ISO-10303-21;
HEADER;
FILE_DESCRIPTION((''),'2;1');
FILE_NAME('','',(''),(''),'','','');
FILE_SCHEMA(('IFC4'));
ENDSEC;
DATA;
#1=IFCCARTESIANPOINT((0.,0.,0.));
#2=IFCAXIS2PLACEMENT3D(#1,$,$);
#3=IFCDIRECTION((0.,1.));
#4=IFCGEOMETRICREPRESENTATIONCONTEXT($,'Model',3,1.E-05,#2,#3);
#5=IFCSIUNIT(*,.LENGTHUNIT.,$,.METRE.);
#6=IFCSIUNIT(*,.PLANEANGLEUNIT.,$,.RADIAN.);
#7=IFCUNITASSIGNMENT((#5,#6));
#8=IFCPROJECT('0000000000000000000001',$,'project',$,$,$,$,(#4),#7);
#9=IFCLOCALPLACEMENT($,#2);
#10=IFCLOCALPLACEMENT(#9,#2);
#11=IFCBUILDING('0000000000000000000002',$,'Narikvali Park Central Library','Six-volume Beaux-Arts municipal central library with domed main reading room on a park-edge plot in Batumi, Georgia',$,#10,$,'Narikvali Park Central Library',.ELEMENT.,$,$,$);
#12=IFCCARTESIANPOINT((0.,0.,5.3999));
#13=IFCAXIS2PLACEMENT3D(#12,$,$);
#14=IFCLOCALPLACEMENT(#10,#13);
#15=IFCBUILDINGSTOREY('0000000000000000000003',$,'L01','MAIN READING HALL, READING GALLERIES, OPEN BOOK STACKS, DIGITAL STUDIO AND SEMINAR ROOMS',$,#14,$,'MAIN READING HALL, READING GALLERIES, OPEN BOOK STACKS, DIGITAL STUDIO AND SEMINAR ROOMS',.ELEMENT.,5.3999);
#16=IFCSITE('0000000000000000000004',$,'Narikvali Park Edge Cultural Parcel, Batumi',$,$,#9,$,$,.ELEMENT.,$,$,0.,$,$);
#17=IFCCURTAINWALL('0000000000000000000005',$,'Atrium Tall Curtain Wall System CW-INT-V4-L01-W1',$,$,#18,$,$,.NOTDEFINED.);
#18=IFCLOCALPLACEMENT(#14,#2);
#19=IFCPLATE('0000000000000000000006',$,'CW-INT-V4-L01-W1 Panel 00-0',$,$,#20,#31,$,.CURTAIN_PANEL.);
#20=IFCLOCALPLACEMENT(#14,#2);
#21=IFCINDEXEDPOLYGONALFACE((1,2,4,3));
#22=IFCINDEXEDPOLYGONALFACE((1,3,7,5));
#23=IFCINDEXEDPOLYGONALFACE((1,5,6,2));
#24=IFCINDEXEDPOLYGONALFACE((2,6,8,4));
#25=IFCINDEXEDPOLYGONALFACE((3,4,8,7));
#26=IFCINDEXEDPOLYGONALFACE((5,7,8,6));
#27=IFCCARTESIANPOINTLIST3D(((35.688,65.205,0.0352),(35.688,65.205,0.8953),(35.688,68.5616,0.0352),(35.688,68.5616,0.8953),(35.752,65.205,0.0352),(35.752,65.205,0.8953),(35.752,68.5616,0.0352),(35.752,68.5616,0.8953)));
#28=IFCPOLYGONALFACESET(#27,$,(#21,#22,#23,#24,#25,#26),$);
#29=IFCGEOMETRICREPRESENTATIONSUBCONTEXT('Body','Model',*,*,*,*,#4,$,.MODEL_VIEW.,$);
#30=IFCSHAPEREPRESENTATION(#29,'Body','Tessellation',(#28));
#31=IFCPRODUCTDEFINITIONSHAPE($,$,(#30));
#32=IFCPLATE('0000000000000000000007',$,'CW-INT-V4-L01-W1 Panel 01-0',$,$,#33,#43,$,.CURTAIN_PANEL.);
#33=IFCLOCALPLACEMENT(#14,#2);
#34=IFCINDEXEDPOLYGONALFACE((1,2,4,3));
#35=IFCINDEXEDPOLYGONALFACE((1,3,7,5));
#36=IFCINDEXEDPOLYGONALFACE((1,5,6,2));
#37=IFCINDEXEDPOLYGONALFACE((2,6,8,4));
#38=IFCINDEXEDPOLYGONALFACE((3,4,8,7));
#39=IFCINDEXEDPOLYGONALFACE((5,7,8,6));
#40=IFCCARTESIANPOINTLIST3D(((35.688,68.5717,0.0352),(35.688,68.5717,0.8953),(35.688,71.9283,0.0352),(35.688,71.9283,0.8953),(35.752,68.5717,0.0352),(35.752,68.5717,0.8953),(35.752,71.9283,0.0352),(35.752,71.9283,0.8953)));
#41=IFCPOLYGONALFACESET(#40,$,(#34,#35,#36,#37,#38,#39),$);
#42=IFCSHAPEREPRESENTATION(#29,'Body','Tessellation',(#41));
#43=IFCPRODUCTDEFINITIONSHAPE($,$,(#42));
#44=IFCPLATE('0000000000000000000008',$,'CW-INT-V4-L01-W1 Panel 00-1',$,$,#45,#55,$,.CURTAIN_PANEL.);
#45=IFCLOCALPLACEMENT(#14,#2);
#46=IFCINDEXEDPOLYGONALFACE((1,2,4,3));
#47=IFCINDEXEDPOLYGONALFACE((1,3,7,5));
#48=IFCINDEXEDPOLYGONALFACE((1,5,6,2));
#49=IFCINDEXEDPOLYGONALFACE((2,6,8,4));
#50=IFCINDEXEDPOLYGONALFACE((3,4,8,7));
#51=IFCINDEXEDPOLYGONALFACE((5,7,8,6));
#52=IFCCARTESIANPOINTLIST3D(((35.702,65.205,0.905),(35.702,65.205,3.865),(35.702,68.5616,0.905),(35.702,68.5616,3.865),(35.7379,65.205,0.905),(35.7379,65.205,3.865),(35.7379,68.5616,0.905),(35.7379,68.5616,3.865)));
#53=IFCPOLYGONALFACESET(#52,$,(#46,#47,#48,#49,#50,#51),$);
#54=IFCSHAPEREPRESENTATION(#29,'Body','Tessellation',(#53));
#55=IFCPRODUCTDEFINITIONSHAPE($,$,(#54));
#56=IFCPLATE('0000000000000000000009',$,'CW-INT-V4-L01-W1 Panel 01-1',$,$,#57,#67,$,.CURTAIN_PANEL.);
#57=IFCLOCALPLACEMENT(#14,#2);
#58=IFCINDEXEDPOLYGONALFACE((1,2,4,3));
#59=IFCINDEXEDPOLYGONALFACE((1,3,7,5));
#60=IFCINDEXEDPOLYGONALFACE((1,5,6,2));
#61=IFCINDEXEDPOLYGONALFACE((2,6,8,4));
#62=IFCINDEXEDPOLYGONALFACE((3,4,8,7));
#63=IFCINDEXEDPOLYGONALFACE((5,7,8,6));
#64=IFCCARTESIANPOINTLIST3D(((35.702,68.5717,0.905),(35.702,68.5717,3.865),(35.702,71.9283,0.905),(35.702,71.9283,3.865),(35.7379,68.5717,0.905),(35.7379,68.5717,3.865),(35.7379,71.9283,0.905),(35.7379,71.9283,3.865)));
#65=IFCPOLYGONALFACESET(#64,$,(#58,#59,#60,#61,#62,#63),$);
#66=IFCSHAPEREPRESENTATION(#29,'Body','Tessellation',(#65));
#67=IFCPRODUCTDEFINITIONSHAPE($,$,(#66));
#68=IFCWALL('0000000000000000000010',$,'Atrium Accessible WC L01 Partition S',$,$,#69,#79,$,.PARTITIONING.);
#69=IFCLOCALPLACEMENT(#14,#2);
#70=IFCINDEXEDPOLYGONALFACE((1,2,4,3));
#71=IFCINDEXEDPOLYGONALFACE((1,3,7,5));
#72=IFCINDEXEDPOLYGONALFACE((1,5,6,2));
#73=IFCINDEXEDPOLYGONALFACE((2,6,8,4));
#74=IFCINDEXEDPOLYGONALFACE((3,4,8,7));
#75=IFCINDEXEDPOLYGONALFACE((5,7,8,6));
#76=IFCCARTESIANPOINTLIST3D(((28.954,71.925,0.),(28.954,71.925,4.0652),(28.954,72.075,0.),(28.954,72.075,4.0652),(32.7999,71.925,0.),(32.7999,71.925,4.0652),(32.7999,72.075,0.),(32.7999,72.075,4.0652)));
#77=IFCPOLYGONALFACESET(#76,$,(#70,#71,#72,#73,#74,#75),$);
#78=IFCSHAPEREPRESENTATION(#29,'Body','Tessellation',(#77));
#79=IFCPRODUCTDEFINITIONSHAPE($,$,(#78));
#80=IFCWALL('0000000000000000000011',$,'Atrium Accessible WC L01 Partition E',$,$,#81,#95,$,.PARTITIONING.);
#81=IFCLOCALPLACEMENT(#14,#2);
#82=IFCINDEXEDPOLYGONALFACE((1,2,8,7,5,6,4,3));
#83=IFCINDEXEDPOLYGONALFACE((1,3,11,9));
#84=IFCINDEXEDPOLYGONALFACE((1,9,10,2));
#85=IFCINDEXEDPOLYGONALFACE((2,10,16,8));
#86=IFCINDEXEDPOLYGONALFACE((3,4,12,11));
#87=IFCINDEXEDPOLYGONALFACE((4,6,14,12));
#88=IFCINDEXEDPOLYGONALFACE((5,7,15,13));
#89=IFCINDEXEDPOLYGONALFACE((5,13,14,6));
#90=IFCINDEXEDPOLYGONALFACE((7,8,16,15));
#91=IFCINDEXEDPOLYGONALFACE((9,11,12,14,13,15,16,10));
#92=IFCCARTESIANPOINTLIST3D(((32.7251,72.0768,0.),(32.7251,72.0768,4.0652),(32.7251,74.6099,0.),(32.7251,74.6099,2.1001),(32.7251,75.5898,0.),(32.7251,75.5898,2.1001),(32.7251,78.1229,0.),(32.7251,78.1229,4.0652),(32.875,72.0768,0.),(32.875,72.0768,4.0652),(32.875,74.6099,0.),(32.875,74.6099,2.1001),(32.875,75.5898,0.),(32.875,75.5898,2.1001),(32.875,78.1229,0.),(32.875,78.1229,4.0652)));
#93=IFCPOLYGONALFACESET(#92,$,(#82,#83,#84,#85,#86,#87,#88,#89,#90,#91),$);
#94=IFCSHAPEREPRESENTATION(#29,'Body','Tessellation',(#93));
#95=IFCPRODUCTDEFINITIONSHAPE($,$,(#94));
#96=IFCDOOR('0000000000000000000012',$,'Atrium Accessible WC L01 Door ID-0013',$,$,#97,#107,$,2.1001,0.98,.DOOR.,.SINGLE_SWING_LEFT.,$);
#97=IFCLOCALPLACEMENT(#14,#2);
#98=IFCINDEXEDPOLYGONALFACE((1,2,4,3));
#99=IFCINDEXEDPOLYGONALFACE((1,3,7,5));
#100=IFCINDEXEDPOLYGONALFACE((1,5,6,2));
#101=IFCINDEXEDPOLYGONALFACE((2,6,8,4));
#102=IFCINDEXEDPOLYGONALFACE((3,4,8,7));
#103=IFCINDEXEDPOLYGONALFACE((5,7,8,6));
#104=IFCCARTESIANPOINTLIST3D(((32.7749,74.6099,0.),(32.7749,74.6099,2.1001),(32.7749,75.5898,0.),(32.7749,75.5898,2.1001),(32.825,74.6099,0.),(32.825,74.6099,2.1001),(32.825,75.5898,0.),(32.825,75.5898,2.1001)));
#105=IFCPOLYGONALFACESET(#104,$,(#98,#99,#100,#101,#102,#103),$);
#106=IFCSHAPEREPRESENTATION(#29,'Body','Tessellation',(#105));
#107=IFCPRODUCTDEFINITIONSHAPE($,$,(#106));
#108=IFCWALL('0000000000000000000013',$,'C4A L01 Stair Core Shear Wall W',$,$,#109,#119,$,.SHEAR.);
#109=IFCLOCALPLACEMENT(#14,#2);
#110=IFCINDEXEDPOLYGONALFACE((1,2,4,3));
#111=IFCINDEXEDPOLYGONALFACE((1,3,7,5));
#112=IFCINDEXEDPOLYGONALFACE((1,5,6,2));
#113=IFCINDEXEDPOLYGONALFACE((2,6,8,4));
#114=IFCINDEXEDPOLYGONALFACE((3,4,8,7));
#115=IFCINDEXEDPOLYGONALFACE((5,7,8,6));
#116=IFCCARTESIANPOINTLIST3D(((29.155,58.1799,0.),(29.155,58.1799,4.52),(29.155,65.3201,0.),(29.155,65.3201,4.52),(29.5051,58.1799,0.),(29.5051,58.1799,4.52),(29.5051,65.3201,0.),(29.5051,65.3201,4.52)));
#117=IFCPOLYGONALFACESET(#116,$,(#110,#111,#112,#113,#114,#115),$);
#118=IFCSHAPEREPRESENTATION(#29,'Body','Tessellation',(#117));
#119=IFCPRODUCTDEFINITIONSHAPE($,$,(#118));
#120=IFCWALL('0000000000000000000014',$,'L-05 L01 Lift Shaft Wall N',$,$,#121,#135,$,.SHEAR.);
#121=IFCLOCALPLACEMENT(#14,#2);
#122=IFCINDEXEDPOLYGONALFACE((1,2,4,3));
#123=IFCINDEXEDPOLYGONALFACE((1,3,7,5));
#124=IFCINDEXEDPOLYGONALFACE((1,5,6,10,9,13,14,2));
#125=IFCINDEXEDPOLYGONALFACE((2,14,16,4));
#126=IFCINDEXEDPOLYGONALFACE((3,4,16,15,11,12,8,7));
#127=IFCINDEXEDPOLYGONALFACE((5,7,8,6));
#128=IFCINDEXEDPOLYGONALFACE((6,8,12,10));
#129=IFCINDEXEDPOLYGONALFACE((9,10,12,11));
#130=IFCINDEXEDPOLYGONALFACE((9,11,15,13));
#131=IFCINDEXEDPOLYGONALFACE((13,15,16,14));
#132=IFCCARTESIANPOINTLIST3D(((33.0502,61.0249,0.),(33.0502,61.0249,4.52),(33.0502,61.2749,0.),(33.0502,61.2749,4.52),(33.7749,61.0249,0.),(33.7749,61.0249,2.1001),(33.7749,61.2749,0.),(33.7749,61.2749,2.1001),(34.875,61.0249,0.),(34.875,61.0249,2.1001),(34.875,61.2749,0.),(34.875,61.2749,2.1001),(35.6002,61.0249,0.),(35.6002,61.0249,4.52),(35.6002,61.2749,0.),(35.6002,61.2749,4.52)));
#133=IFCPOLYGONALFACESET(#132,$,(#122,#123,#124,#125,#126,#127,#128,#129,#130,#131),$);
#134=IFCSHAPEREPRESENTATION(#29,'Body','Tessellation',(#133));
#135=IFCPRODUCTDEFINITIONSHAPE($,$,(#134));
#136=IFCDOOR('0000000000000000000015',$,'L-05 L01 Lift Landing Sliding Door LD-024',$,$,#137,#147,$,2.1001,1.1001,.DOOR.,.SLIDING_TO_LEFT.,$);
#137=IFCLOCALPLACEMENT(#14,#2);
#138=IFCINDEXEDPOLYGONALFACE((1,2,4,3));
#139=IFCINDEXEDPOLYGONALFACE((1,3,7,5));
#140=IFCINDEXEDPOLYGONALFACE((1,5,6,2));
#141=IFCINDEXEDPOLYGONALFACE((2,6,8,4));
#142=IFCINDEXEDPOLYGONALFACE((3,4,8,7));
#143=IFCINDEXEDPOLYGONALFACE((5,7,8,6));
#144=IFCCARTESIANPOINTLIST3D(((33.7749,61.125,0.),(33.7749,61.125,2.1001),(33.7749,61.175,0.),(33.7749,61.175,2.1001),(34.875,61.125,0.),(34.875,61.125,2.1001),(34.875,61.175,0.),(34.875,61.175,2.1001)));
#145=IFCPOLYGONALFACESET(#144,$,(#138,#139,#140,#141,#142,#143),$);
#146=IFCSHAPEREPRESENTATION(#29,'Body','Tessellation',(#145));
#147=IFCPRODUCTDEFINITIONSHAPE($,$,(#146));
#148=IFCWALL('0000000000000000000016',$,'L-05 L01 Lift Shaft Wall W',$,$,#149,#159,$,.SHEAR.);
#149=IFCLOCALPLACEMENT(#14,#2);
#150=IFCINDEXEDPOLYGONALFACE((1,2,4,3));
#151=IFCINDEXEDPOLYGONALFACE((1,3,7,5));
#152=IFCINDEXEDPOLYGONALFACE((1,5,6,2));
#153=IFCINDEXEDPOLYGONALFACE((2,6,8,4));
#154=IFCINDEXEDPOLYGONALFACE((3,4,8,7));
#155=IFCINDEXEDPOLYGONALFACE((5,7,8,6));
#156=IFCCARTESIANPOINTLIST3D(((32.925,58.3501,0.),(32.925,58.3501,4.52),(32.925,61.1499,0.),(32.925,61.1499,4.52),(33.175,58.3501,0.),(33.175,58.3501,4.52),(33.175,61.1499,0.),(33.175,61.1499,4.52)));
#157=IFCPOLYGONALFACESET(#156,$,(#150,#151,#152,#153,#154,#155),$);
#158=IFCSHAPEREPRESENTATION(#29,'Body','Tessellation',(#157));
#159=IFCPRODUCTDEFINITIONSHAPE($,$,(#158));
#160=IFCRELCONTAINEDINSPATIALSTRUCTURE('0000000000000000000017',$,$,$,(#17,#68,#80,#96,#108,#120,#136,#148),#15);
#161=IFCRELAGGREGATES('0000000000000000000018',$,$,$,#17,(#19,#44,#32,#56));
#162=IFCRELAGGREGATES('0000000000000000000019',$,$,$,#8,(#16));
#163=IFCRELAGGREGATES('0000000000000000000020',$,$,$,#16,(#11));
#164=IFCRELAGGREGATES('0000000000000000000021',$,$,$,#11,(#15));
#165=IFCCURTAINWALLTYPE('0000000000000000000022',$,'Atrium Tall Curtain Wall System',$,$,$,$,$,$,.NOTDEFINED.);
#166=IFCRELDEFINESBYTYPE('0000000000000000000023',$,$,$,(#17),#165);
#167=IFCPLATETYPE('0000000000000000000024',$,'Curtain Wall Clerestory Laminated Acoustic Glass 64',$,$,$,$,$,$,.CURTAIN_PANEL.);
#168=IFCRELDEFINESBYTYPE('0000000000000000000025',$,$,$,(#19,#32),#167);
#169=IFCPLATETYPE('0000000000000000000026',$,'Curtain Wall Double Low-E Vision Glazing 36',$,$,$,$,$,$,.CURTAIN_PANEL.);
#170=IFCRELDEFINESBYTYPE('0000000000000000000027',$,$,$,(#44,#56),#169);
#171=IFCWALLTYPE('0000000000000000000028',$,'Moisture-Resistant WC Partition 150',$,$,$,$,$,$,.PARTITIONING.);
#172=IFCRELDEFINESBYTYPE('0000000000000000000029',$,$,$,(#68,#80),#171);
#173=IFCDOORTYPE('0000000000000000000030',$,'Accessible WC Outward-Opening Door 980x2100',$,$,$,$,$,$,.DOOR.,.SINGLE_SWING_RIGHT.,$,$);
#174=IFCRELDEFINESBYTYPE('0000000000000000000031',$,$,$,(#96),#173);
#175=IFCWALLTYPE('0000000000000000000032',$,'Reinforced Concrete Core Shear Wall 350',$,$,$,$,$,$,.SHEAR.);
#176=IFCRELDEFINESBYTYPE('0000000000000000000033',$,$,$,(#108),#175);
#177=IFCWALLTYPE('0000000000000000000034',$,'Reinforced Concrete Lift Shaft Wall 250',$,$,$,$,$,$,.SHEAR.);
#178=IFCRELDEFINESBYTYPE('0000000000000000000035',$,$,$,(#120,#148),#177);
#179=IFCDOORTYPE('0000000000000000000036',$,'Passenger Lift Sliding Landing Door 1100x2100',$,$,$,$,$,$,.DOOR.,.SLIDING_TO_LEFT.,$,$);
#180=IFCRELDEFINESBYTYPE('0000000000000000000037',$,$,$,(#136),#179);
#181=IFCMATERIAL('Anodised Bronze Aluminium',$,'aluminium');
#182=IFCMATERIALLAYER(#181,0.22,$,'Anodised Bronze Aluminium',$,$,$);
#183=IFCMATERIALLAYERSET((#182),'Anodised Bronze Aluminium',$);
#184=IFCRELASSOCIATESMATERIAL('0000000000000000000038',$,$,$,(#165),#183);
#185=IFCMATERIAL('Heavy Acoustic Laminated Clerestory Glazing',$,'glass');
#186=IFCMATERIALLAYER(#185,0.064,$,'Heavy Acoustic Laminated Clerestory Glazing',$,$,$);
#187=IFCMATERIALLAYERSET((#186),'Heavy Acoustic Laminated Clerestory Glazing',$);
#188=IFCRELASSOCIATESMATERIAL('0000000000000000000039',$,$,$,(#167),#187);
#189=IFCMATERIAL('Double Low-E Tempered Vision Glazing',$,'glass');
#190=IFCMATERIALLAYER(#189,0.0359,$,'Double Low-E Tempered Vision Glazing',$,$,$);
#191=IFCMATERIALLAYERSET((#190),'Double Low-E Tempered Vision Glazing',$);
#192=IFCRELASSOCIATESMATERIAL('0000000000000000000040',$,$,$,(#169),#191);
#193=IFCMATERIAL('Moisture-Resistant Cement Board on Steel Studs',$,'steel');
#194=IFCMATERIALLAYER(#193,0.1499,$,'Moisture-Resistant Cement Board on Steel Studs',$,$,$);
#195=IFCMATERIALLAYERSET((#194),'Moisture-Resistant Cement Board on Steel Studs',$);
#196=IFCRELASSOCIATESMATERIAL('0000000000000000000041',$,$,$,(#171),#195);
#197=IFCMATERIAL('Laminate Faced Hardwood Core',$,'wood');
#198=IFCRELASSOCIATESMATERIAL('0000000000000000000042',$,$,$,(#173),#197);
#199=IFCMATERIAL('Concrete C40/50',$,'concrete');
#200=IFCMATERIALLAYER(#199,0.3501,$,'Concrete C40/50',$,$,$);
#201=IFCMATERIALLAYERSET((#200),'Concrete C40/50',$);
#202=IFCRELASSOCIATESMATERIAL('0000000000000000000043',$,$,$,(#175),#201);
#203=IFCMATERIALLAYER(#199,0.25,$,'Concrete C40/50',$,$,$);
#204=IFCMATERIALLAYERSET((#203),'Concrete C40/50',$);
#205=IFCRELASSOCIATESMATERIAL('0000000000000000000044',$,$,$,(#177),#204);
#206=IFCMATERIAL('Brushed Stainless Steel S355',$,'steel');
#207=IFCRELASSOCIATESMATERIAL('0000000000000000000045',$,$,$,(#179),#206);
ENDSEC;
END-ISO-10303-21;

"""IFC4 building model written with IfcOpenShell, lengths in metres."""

from ifc_helpers import new_model, si_unit, direction, frame, frame_2d, origin, origin_2d, place, context, subcontext, project, spatial, rectangle, extrude, material, layer, layer_set, type_object, element, fill, aggregate, save


model = new_model("IFC4")

# Units and contexts
model_context = context("Model", 3, precision=1e-05, world=origin(), true_north=direction((0.0, 1.0)))
body_context = subcontext(model_context, "Body", "Model", "MODEL_VIEW")
ifc_project = project(units=[si_unit("LENGTHUNIT", "METRE"), si_unit("PLANEANGLEUNIT", "RADIAN")], contexts=[model_context])

# Site, building, storey
site_placement = place(None, origin())
site = spatial("IfcSite", under=ifc_project, at=site_placement, Name="Narikvali Park Edge Cultural Parcel, Batumi", CompositionType="ELEMENT", RefElevation=0.0)
building_placement = place(site_placement, origin())
building = spatial("IfcBuilding", under=site, at=building_placement, Name="Narikvali Park Central Library", Description="Six-volume Beaux-Arts municipal central library with domed main reading room on a park-edge plot in Batumi, Georgia", LongName="Narikvali Park Central Library", CompositionType="ELEMENT")
storey_placement = place(building_placement, frame((0.0, 0.0, 5.3999)))
storey = spatial("IfcBuildingStorey", under=building, at=storey_placement, Name="L01", Description="MAIN READING HALL, READING GALLERIES, OPEN BOOK STACKS, DIGITAL STUDIO AND SEMINAR ROOMS", LongName="MAIN READING HALL, READING GALLERIES, OPEN BOOK STACKS, DIGITAL STUDIO AND SEMINAR ROOMS", CompositionType="ELEMENT", Elevation=5.3999)

# Curtain wall
ifc_material_1 = material(Name="Anodised Bronze Aluminium", Category="aluminium")
ifc_layer_1 = layer(ifc_material_1, 0.22, Name="Anodised Bronze Aluminium")
ifc_layer_set_1 = layer_set([ifc_layer_1], Name="Anodised Bronze Aluminium")
curtain_wall_type = type_object("IfcCurtainWallType", Name="Atrium Tall Curtain Wall System", PredefinedType="NOTDEFINED", material=ifc_layer_set_1)
curtain_wall_placement = place(storey_placement, origin())
curtain_wall = element("IfcCurtainWall", 1, at=curtain_wall_placement, inside=storey, type_object=curtain_wall_type, Name="Atrium Tall Curtain Wall System CW-INT-V4-L01-W1", PredefinedType="NOTDEFINED")

# Plates
ifc_material_2 = material(Name="Heavy Acoustic Laminated Clerestory Glazing", Category="glass")
ifc_layer_2 = layer(ifc_material_2, 0.064, Name="Heavy Acoustic Laminated Clerestory Glazing")
ifc_layer_set_2 = layer_set([ifc_layer_2], Name="Heavy Acoustic Laminated Clerestory Glazing")
plate_type_1 = type_object("IfcPlateType", Name="Curtain Wall Clerestory Laminated Acoustic Glass 64", PredefinedType="CURTAIN_PANEL", material=ifc_layer_set_2)
plate_1_placement = place(storey_placement, frame((35.72, 66.8833, 0.0352), z_axis=(0.0, 0.0, 1.0), x_axis=(0.0, 1.0, 0.0)))
plate_1 = element("IfcPlate", 2, at=plate_1_placement, type_object=plate_type_1, Name="CW-INT-V4-L01-W1 Panel 00-0", PredefinedType="CURTAIN_PANEL", context=body_context, shape_type="SweptSolid", body=[
    extrude(rectangle(XDim=3.3567, YDim=0.064, at=origin_2d()), origin(), (0.0, 0.0, 1.0), 0.8601),
])
plate_2_placement = place(storey_placement, frame((35.72, 70.25, 0.0352), z_axis=(0.0, 0.0, 1.0), x_axis=(0.0, 1.0, 0.0)))
plate_2 = element("IfcPlate", 3, at=plate_2_placement, type_object=plate_type_1, Name="CW-INT-V4-L01-W1 Panel 01-0", PredefinedType="CURTAIN_PANEL", context=body_context, shape_type="SweptSolid", body=[
    extrude(rectangle(XDim=3.3567, YDim=0.064, at=origin_2d()), origin(), (0.0, 0.0, 1.0), 0.8601),
])
ifc_material_3 = material(Name="Double Low-E Tempered Vision Glazing", Category="glass")
ifc_layer_3 = layer(ifc_material_3, 0.0359, Name="Double Low-E Tempered Vision Glazing")
ifc_layer_set_3 = layer_set([ifc_layer_3], Name="Double Low-E Tempered Vision Glazing")
plate_type_2 = type_object("IfcPlateType", Name="Curtain Wall Double Low-E Vision Glazing 36", PredefinedType="CURTAIN_PANEL", material=ifc_layer_set_3)
plate_3_placement = place(storey_placement, frame((35.72, 66.8833, 0.905), z_axis=(0.0, 0.0, 1.0), x_axis=(0.0, 1.0, 0.0)))
plate_3 = element("IfcPlate", 4, at=plate_3_placement, type_object=plate_type_2, Name="CW-INT-V4-L01-W1 Panel 00-1", PredefinedType="CURTAIN_PANEL", context=body_context, shape_type="SweptSolid", body=[
    extrude(rectangle(XDim=3.3567, YDim=0.0359, at=origin_2d()), origin(), (0.0, 0.0, 1.0), 2.96),
])
plate_4_placement = place(storey_placement, frame((35.72, 70.25, 0.905), z_axis=(0.0, 0.0, 1.0), x_axis=(0.0, 1.0, 0.0)))
plate_4 = element("IfcPlate", 5, at=plate_4_placement, type_object=plate_type_2, Name="CW-INT-V4-L01-W1 Panel 01-1", PredefinedType="CURTAIN_PANEL", context=body_context, shape_type="SweptSolid", body=[
    extrude(rectangle(XDim=3.3567, YDim=0.0359, at=origin_2d()), origin(), (0.0, 0.0, 1.0), 2.96),
])
aggregate(curtain_wall, [plate_1, plate_3, plate_2, plate_4])

# Wall
ifc_material_4 = material(Name="Moisture-Resistant Cement Board on Steel Studs", Category="steel")
ifc_layer_4 = layer(ifc_material_4, 0.1499, Name="Moisture-Resistant Cement Board on Steel Studs")
ifc_layer_set_4 = layer_set([ifc_layer_4], Name="Moisture-Resistant Cement Board on Steel Studs")
wall_type_1 = type_object("IfcWallType", Name="Moisture-Resistant WC Partition 150", PredefinedType="PARTITIONING", material=ifc_layer_set_4)
wall_1_placement = place(storey_placement, frame((28.9541, 72.0, 0.0), z_axis=(0.0, 0.0, 1.0), x_axis=(1.0, 0.0, 0.0)))
element("IfcWall", 6, at=wall_1_placement, inside=storey, type_object=wall_type_1, Name="Atrium Accessible WC L01 Partition S", PredefinedType="PARTITIONING", context=body_context, shape_type="SweptSolid", body=[
    extrude(rectangle(XDim=3.8459, YDim=0.1499, at=frame_2d((1.9229, 0.0))), origin(), (0.0, 0.0, 1.0), 4.0652),
])

# Wall, opening, door
wall_2_placement = place(storey_placement, frame((32.8, 72.0769, 0.0), z_axis=(0.0, 0.0, 1.0), x_axis=(0.0, 1.0, 0.0)))
wall_2 = element("IfcWall", 7, at=wall_2_placement, inside=storey, type_object=wall_type_1, Name="Atrium Accessible WC L01 Partition E", PredefinedType="PARTITIONING", context=body_context, shape_type="SweptSolid", body=[
    extrude(rectangle(XDim=6.0461, YDim=0.1499, at=frame_2d((3.0229, 0.0))), origin(), (0.0, 0.0, 1.0), 4.0652),
])
opening_1_placement = place(wall_2_placement, frame((2.533, 0.0, 0.0)))
opening_1 = element("IfcOpeningElement", 8, at=opening_1_placement, cuts=wall_2, PredefinedType="OPENING", context=body_context, shape_type="SweptSolid", body=[
    extrude(rectangle(XDim=0.98, YDim=2.1001, at=frame_2d((0.49, 1.05))), frame((0.0, 0.0869, 0.0), z_axis=(0.0, -1.0, 0.0), x_axis=(1.0, 0.0, 0.0)), (0.0, 0.0, 1.0), 0.1738),
])
ifc_material_5 = material(Name="Laminate Faced Hardwood Core", Category="wood")
door_type_1 = type_object("IfcDoorType", Name="Accessible WC Outward-Opening Door 980x2100", OperationType="SINGLE_SWING_RIGHT", PredefinedType="DOOR", material=ifc_material_5)
door_1_placement = place(opening_1_placement, frame((0.98, 0.0, 0.0), z_axis=(0.0, 0.0, 1.0), x_axis=(-1.0, 0.0, 0.0)))
door_1 = element("IfcDoor", 9, at=door_1_placement, inside=storey, type_object=door_type_1, Name="Atrium Accessible WC L01 Door ID-0013", OperationType="SINGLE_SWING_LEFT", OverallHeight=2.1001, OverallWidth=0.98, PredefinedType="DOOR", context=body_context, shape_type="SweptSolid", body=[
    extrude(rectangle(XDim=0.98, YDim=2.1001, at=frame_2d((0.49, 1.05))), frame((0.0, 0.0249, 0.0), z_axis=(0.0, -1.0, 0.0), x_axis=(1.0, 0.0, 0.0)), (0.0, 0.0, 1.0), 0.05),
])
fill(opening_1, door_1)
ifc_material_6 = material(Name="Concrete C40/50", Category="concrete")
ifc_layer_5 = layer(ifc_material_6, 0.3501, Name="Concrete C40/50")
ifc_layer_set_5 = layer_set([ifc_layer_5], Name="Concrete C40/50")
wall_type_2 = type_object("IfcWallType", Name="Reinforced Concrete Core Shear Wall 350", PredefinedType="SHEAR", material=ifc_layer_set_5)

# Wall
wall_3_placement = place(storey_placement, frame((29.3301, 65.3201, 0.0), z_axis=(0.0, 0.0, 1.0), x_axis=(0.0, -1.0, 0.0)))
element("IfcWall", 10, at=wall_3_placement, inside=storey, type_object=wall_type_2, Name="C4A L01 Stair Core Shear Wall W", PredefinedType="SHEAR", context=body_context, shape_type="SweptSolid", body=[
    extrude(rectangle(XDim=7.1401, YDim=0.3501, at=frame_2d((3.5701, 0.0))), origin(), (0.0, 0.0, 1.0), 4.52),
])

# Wall, opening, door
ifc_layer_6 = layer(ifc_material_6, 0.25, Name="Concrete C40/50")
ifc_layer_set_6 = layer_set([ifc_layer_6], Name="Concrete C40/50")
wall_type_3 = type_object("IfcWallType", Name="Reinforced Concrete Lift Shaft Wall 250", PredefinedType="SHEAR", material=ifc_layer_set_6)
wall_4_placement = place(storey_placement, frame((35.6001, 61.1499, 0.0), z_axis=(0.0, 0.0, 1.0), x_axis=(-1.0, 0.0, 0.0)))
wall_4 = element("IfcWall", 11, at=wall_4_placement, inside=storey, type_object=wall_type_3, Name="L-05 L01 Lift Shaft Wall N", PredefinedType="SHEAR", context=body_context, shape_type="SweptSolid", body=[
    extrude(rectangle(XDim=2.55, YDim=0.25, at=frame_2d((1.2749, 0.0))), origin(), (0.0, 0.0, 1.0), 4.52),
])
opening_2_placement = place(wall_4_placement, frame((0.7251, 0.0, 0.0)))
opening_2 = element("IfcOpeningElement", 12, at=opening_2_placement, cuts=wall_4, PredefinedType="OPENING", context=body_context, shape_type="SweptSolid", body=[
    extrude(rectangle(XDim=1.1001, YDim=2.1001, at=frame_2d((0.55, 1.05))), frame((0.0, 0.137, 0.0), z_axis=(0.0, -1.0, 0.0), x_axis=(1.0, 0.0, 0.0)), (0.0, 0.0, 1.0), 0.2739),
])
ifc_material_7 = material(Name="Brushed Stainless Steel S355", Category="steel")
door_type_2 = type_object("IfcDoorType", Name="Passenger Lift Sliding Landing Door 1100x2100", OperationType="SLIDING_TO_LEFT", PredefinedType="DOOR", material=ifc_material_7)
door_2_placement = place(opening_2_placement, origin())
door_2 = element("IfcDoor", 13, at=door_2_placement, inside=storey, type_object=door_type_2, Name="L-05 L01 Lift Landing Sliding Door LD-024", OperationType="SLIDING_TO_LEFT", OverallHeight=2.1001, OverallWidth=1.1001, PredefinedType="DOOR", context=body_context, shape_type="SweptSolid", body=[
    extrude(rectangle(XDim=1.1001, YDim=2.1001, at=frame_2d((0.55, 1.05))), frame((0.0, 0.0249, 0.0), z_axis=(0.0, -1.0, 0.0), x_axis=(1.0, 0.0, 0.0)), (0.0, 0.0, 1.0), 0.05),
])
fill(opening_2, door_2)

# Wall
wall_5_placement = place(storey_placement, frame((33.05, 61.1499, 0.0), z_axis=(0.0, 0.0, 1.0), x_axis=(0.0, -1.0, 0.0)))
element("IfcWall", 14, at=wall_5_placement, inside=storey, type_object=wall_type_3, Name="L-05 L01 Lift Shaft Wall W", PredefinedType="SHEAR", context=body_context, shape_type="SweptSolid", body=[
    extrude(rectangle(XDim=2.7998, YDim=0.25, at=frame_2d((1.3999, 0.0))), origin(), (0.0, 0.0, 1.0), 4.52),
])

save(model, "model.ifc")
